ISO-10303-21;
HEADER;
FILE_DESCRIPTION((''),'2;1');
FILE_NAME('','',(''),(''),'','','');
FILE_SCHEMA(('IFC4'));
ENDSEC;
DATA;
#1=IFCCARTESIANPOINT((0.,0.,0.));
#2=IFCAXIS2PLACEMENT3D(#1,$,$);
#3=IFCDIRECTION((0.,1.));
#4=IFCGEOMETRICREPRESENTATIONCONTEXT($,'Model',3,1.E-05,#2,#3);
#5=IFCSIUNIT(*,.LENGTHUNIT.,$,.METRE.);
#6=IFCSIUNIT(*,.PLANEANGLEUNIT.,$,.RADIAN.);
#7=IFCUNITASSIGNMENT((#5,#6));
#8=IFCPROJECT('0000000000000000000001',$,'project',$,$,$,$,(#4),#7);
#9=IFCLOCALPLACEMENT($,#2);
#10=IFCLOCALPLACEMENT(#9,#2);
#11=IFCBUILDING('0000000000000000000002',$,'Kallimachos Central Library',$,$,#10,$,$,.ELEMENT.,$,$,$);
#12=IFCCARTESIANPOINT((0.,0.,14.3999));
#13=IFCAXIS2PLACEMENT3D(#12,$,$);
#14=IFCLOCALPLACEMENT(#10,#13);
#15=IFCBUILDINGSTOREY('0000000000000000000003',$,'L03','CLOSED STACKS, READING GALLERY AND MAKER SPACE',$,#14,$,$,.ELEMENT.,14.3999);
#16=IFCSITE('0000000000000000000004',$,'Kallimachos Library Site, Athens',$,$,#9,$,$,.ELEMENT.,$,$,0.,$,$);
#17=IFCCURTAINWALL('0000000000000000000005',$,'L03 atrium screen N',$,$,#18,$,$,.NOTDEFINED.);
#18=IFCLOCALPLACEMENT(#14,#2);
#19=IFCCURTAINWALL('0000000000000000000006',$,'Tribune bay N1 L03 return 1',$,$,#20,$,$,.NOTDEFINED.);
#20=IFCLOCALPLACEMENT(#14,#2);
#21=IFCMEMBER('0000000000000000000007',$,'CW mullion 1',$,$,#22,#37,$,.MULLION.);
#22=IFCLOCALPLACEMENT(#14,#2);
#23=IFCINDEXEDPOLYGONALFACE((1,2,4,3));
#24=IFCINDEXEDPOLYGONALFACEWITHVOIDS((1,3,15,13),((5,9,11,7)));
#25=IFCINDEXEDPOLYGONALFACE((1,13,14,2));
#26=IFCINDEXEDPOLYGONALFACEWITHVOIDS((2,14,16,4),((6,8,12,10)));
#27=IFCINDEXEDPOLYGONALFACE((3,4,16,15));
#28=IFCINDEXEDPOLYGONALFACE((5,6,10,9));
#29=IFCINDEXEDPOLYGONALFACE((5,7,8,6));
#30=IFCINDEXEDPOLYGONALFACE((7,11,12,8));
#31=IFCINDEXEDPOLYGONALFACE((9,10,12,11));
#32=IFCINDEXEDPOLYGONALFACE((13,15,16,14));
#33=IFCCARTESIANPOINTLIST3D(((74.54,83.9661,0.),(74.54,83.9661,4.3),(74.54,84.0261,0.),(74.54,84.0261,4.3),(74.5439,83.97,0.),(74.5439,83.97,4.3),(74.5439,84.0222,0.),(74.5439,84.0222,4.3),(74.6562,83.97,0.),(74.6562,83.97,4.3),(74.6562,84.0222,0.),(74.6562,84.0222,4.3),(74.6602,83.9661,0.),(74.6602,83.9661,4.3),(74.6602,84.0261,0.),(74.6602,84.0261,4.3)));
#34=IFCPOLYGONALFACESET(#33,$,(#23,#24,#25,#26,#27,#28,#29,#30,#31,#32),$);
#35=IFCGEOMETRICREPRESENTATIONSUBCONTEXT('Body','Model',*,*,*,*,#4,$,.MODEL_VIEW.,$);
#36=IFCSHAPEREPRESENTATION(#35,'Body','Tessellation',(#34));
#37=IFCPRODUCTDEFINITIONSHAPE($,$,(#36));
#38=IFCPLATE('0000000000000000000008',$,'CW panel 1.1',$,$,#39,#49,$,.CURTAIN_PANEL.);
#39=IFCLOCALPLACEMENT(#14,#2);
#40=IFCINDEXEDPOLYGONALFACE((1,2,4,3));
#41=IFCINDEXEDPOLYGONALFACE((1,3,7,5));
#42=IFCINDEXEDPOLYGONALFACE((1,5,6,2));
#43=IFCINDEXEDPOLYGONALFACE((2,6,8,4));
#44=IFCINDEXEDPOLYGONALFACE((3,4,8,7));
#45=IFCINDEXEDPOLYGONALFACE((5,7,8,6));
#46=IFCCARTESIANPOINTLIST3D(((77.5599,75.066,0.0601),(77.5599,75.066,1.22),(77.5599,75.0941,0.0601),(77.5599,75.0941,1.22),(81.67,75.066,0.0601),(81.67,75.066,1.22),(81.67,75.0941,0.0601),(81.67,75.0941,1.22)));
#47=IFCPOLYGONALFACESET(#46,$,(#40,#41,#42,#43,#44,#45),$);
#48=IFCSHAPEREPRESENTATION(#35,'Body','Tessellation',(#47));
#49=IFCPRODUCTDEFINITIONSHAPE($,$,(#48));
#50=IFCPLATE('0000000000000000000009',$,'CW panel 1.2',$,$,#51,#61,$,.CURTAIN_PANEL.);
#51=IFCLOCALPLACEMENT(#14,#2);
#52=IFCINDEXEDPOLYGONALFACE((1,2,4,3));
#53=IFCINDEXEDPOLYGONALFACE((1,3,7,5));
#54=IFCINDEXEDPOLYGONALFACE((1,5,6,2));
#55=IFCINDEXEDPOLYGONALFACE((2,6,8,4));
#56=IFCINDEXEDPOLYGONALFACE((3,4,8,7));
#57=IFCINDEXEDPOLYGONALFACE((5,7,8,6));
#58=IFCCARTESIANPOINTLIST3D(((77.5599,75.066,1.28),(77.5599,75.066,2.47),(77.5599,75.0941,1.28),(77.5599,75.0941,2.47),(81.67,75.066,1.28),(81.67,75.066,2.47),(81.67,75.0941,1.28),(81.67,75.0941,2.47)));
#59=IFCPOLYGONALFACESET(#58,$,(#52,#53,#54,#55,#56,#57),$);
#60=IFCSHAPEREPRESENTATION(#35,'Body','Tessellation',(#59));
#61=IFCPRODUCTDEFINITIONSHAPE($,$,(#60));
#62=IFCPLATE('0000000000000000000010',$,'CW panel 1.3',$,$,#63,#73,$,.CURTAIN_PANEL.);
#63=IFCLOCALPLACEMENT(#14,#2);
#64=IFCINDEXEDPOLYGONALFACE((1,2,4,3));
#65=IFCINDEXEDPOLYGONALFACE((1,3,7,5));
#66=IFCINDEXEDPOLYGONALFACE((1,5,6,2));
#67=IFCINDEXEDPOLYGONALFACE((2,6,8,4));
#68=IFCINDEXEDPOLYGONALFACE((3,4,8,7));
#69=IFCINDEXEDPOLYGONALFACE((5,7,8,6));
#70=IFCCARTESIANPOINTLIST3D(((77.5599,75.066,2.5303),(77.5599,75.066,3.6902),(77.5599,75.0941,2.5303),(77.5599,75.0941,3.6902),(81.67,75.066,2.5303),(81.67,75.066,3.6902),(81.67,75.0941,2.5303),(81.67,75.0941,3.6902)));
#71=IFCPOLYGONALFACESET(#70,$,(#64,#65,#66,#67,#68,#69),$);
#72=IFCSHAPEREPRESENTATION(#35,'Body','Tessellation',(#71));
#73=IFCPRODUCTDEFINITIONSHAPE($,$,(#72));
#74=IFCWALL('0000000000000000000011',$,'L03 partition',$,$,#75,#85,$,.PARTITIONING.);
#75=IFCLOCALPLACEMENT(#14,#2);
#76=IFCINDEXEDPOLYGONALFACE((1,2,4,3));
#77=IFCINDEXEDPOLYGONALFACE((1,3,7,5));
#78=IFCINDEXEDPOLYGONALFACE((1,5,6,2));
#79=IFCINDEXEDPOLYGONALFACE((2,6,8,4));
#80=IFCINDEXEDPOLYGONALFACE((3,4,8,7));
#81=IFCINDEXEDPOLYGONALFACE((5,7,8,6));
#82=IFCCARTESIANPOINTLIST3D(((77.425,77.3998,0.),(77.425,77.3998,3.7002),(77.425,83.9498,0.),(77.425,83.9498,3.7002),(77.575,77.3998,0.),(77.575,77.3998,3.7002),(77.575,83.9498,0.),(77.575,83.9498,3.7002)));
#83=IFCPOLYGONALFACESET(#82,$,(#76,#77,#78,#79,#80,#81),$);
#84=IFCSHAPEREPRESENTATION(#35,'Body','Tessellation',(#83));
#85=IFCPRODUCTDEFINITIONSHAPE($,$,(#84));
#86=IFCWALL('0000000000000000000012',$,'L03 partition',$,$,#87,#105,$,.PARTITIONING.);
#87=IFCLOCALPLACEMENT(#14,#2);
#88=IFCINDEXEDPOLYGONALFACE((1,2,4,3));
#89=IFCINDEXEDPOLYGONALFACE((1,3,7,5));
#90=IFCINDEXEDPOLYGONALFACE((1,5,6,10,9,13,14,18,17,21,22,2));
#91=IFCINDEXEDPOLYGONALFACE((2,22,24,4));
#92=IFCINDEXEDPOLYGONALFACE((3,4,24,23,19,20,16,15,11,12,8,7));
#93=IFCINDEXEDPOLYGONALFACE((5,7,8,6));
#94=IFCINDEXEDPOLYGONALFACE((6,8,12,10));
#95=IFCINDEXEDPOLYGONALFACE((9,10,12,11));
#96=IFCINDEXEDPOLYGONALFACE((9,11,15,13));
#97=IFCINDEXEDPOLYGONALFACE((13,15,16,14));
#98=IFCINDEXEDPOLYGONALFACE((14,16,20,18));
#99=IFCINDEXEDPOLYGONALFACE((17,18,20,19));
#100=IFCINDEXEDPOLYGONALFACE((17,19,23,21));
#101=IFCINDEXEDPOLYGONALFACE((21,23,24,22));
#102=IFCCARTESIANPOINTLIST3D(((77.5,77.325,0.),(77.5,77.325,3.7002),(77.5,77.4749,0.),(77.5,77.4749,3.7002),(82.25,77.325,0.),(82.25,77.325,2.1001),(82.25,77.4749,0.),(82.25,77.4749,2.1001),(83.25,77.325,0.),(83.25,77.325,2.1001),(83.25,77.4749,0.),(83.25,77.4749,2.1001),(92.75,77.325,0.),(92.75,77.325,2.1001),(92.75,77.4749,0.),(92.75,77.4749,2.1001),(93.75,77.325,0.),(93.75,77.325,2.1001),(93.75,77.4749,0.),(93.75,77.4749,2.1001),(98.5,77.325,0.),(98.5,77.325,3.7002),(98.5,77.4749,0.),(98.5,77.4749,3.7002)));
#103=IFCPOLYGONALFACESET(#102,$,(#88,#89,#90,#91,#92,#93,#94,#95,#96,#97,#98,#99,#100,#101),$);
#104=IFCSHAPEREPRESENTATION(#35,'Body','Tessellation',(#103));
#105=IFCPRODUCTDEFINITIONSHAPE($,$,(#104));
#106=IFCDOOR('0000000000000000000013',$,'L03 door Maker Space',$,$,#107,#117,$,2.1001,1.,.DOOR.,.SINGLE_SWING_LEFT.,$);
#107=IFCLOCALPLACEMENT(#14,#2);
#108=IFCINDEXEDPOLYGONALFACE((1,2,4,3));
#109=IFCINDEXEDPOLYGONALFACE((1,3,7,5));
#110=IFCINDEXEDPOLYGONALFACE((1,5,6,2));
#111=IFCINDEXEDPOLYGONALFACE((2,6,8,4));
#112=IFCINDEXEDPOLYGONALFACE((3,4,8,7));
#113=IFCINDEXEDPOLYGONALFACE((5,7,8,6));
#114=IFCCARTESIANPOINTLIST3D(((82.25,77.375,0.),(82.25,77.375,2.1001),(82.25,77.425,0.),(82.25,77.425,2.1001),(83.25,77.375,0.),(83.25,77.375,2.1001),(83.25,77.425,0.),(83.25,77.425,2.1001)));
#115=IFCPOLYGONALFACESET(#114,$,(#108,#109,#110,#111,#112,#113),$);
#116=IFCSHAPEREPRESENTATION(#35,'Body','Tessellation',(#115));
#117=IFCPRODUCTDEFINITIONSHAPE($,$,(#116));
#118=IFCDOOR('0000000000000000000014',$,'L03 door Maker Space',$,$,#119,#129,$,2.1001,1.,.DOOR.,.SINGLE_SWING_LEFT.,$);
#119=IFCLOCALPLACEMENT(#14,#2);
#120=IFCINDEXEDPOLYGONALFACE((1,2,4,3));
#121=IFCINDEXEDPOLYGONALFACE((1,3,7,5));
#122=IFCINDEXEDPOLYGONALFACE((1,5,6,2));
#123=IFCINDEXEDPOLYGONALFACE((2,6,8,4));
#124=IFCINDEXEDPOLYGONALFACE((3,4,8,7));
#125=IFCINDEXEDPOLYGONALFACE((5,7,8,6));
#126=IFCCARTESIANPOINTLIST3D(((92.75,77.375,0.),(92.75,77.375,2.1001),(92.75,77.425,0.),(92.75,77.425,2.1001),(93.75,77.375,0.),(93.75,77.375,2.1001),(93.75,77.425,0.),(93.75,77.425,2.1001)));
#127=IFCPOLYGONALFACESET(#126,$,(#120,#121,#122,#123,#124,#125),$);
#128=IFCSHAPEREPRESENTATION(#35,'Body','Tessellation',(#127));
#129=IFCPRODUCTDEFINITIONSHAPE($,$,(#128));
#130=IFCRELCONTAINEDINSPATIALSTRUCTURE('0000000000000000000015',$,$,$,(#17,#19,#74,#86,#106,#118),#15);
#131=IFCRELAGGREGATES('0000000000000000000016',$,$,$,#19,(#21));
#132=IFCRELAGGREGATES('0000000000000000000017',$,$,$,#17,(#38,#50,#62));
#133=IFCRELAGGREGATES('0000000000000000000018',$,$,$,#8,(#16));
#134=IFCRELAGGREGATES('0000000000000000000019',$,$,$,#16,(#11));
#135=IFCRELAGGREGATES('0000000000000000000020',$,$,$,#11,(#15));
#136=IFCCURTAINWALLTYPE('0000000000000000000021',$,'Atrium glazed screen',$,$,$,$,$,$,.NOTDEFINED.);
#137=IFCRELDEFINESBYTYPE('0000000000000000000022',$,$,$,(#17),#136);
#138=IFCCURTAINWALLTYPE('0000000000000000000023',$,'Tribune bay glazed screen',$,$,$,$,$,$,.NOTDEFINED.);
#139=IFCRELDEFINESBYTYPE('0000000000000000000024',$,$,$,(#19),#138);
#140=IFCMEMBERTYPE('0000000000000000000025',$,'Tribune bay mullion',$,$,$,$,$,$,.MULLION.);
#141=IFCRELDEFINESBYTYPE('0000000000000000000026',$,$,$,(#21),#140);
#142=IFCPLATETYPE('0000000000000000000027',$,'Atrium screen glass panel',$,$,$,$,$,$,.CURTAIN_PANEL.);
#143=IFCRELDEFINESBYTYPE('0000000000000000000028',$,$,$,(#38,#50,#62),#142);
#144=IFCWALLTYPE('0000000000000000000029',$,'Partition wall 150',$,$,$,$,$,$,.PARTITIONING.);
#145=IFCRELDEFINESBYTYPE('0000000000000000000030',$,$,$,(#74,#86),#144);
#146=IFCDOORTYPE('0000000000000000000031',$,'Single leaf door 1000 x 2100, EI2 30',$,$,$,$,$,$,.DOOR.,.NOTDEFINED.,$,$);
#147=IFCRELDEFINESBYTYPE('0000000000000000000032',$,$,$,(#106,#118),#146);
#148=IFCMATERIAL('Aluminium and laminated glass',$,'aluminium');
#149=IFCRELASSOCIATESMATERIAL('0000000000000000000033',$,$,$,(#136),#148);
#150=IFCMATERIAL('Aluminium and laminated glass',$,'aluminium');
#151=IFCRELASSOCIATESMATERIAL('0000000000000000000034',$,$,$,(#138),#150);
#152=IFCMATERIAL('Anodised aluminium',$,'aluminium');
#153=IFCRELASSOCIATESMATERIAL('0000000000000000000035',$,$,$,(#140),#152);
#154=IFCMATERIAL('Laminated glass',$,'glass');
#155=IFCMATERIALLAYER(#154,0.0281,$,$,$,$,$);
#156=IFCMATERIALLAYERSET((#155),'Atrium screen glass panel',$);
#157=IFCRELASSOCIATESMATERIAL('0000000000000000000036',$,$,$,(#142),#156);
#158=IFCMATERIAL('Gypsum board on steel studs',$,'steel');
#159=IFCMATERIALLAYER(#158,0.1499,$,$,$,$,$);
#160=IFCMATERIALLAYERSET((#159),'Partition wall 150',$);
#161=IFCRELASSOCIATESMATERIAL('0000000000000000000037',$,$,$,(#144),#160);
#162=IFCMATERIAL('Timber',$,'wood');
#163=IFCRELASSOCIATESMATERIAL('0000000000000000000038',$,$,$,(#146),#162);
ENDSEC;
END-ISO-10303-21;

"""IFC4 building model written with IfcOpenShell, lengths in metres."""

from ifc_helpers import new_model, si_unit, direction, frame, frame_2d, origin, origin_2d, place, context, subcontext, project, spatial, rectangle, hollow_rectangle, extrude, material, layer, layer_set, material_profile, profile_set, type_object, element, fill, aggregate, save


model = new_model("IFC4")

# Units and contexts
model_context = context("Model", 3, precision=1e-05, world=origin(), true_north=direction((0.0, 1.0)))
body_context = subcontext(model_context, "Body", "Model", "MODEL_VIEW")
ifc_project = project(units=[si_unit("LENGTHUNIT", "METRE"), si_unit("PLANEANGLEUNIT", "RADIAN")], contexts=[model_context])

# Site, building, storey
site_placement = place(None, origin())
site = spatial("IfcSite", under=ifc_project, at=site_placement, Name="Kallimachos Library Site, Athens", CompositionType="ELEMENT", RefElevation=0.0)
building_placement = place(site_placement, origin())
building = spatial("IfcBuilding", under=site, at=building_placement, Name="Kallimachos Central Library", CompositionType="ELEMENT")
storey_placement = place(building_placement, frame((0.0, 0.0, 14.3999)))
storey = spatial("IfcBuildingStorey", under=building, at=storey_placement, Name="L03", Description="CLOSED STACKS, READING GALLERY AND MAKER SPACE", CompositionType="ELEMENT", Elevation=14.3999)

# Curtain wall
ifc_material_1 = material(Name="Aluminium and laminated glass", Category="aluminium")
curtain_wall_type_1 = type_object("IfcCurtainWallType", Name="Atrium glazed screen", PredefinedType="NOTDEFINED", material=ifc_material_1)
curtain_wall_1_placement = place(storey_placement, origin())
curtain_wall_1 = element("IfcCurtainWall", 1, at=curtain_wall_1_placement, inside=storey, type_object=curtain_wall_type_1, Name="L03 atrium screen N", PredefinedType="NOTDEFINED")

# Curtain wall, member
ifc_material_2 = material(Name="Aluminium and laminated glass", Category="aluminium")
curtain_wall_type_2 = type_object("IfcCurtainWallType", Name="Tribune bay glazed screen", PredefinedType="NOTDEFINED", material=ifc_material_2)
curtain_wall_2_placement = place(storey_placement, origin())
curtain_wall_2 = element("IfcCurtainWall", 2, at=curtain_wall_2_placement, inside=storey, type_object=curtain_wall_type_2, Name="Tribune bay N1 L03 return 1", PredefinedType="NOTDEFINED")
ifc_material_3 = material(Name="Anodised aluminium", Category="aluminium")
ifc_material_profile_1 = material_profile(ifc_material_3, hollow_rectangle(XDim=0.0601, YDim=0.1201, WallThickness=0.0039, at=origin_2d()), Name="ALU MULLION 60x120")
ifc_profile_set_1 = profile_set([ifc_material_profile_1], Name="Anodised aluminium")
member_type_1 = type_object("IfcMemberType", Name="Tribune bay mullion", PredefinedType="MULLION", material=ifc_profile_set_1)
member_1_placement = place(storey_placement, frame((74.6001, 83.9961, 0.0), z_axis=(0.0, 0.0, 1.0), x_axis=(0.0, 1.0, 0.0)))
member_1 = element("IfcMember", 3, at=member_1_placement, type_object=member_type_1, Name="CW mullion 1", PredefinedType="MULLION", context=body_context, shape_type="SweptSolid", body=[
    extrude(hollow_rectangle(XDim=0.0601, YDim=0.1201, WallThickness=0.0039, at=origin_2d()), origin(), (0.0, 0.0, 1.0), 4.3),
])
aggregate(curtain_wall_2, [member_1])

# Plates
ifc_material_4 = material(Name="Laminated glass", Category="glass")
ifc_layer_1 = layer(ifc_material_4, 0.0281)
ifc_layer_set_1 = layer_set([ifc_layer_1], Name="Atrium screen glass panel")
plate_type = type_object("IfcPlateType", Name="Atrium screen glass panel", PredefinedType="CURTAIN_PANEL", material=ifc_layer_set_1)
plate_1_placement = place(storey_placement, frame((79.615, 75.0801, 0.0601), z_axis=(0.0, 0.0, 1.0), x_axis=(1.0, 0.0, 0.0)))
plate_1 = element("IfcPlate", 4, at=plate_1_placement, type_object=plate_type, Name="CW panel 1.1", PredefinedType="CURTAIN_PANEL", context=body_context, shape_type="SweptSolid", body=[
    extrude(rectangle(XDim=4.1101, YDim=0.0281, at=origin_2d()), origin(), (0.0, 0.0, 1.0), 1.1599),
])
plate_2_placement = place(storey_placement, frame((79.615, 75.0801, 1.28), z_axis=(0.0, 0.0, 1.0), x_axis=(1.0, 0.0, 0.0)))
plate_2 = element("IfcPlate", 5, at=plate_2_placement, type_object=plate_type, Name="CW panel 1.2", PredefinedType="CURTAIN_PANEL", context=body_context, shape_type="SweptSolid", body=[
    extrude(rectangle(XDim=4.1101, YDim=0.0281, at=origin_2d()), origin(), (0.0, 0.0, 1.0), 1.1899),
])
plate_3_placement = place(storey_placement, frame((79.615, 75.0801, 2.5303), z_axis=(0.0, 0.0, 1.0), x_axis=(1.0, 0.0, 0.0)))
plate_3 = element("IfcPlate", 6, at=plate_3_placement, type_object=plate_type, Name="CW panel 1.3", PredefinedType="CURTAIN_PANEL", context=body_context, shape_type="SweptSolid", body=[
    extrude(rectangle(XDim=4.1101, YDim=0.0281, at=origin_2d()), origin(), (0.0, 0.0, 1.0), 1.1599),
])
aggregate(curtain_wall_1, [plate_1, plate_2, plate_3])

# Wall
ifc_material_5 = material(Name="Gypsum board on steel studs", Category="steel")
ifc_layer_2 = layer(ifc_material_5, 0.1499)
ifc_layer_set_2 = layer_set([ifc_layer_2], Name="Partition wall 150")
wall_type_1 = type_object("IfcWallType", Name="Partition wall 150", PredefinedType="PARTITIONING", material=ifc_layer_set_2)
wall_1_placement = place(storey_placement, frame((77.5, 77.3999, 0.0), z_axis=(0.0, 0.0, 1.0), x_axis=(0.0, 1.0, 0.0)))
element("IfcWall", 7, at=wall_1_placement, inside=storey, type_object=wall_type_1, Name="L03 partition", PredefinedType="PARTITIONING", context=body_context, shape_type="SweptSolid", body=[
    extrude(rectangle(XDim=6.55, YDim=0.1499, at=frame_2d((3.2749, 0.0))), origin(), (0.0, 0.0, 1.0), 3.7002),
])

# Wall, openings, doors
wall_2_placement = place(storey_placement, frame((77.5, 77.3999, 0.0), z_axis=(0.0, 0.0, 1.0), x_axis=(1.0, 0.0, 0.0)))
wall_2 = element("IfcWall", 8, at=wall_2_placement, inside=storey, type_object=wall_type_1, Name="L03 partition", PredefinedType="PARTITIONING", context=body_context, shape_type="SweptSolid", body=[
    extrude(rectangle(XDim=21.0, YDim=0.1499, at=frame_2d((10.5, 0.0))), origin(), (0.0, 0.0, 1.0), 3.7002),
])
opening_1_placement = place(wall_2_placement, frame((4.75, 0.0, 0.0)))
opening_1 = element("IfcOpeningElement", 9, at=opening_1_placement, cuts=wall_2, PredefinedType="OPENING", context=body_context, shape_type="SweptSolid", body=[
    extrude(rectangle(XDim=1.0, YDim=2.1001, at=frame_2d((0.5, 1.05))), frame((0.0, 0.085, 0.0), z_axis=(0.0, -1.0, 0.0), x_axis=(1.0, 0.0, 0.0)), (0.0, 0.0, 1.0), 0.1699),
])
opening_2_placement = place(wall_2_placement, frame((15.25, 0.0, 0.0)))
opening_2 = element("IfcOpeningElement", 10, at=opening_2_placement, cuts=wall_2, PredefinedType="OPENING", context=body_context, shape_type="SweptSolid", body=[
    extrude(rectangle(XDim=1.0, YDim=2.1001, at=frame_2d((0.5, 1.05))), frame((0.0, 0.085, 0.0), z_axis=(0.0, -1.0, 0.0), x_axis=(1.0, 0.0, 0.0)), (0.0, 0.0, 1.0), 0.1699),
])
ifc_material_6 = material(Name="Timber", Category="wood")
door_type = type_object("IfcDoorType", Name="Single leaf door 1000 x 2100, EI2 30", OperationType="NOTDEFINED", PredefinedType="DOOR", material=ifc_material_6)
door_1_placement = place(opening_1_placement, frame((1.0, 0.0, 0.0), z_axis=(0.0, 0.0, 1.0), x_axis=(-1.0, 0.0, 0.0)))
door_1 = element("IfcDoor", 11, at=door_1_placement, inside=storey, type_object=door_type, Name="L03 door Maker Space", OperationType="SINGLE_SWING_LEFT", OverallHeight=2.1001, OverallWidth=1.0, PredefinedType="DOOR", context=body_context, shape_type="SweptSolid", body=[
    extrude(rectangle(XDim=1.0, YDim=2.1001, at=frame_2d((0.5, 1.05))), frame((0.0, 0.0249, 0.0), z_axis=(0.0, -1.0, 0.0), x_axis=(1.0, 0.0, 0.0)), (0.0, 0.0, 1.0), 0.05),
])
fill(opening_1, door_1)
door_2_placement = place(opening_2_placement, frame((1.0, 0.0, 0.0), z_axis=(0.0, 0.0, 1.0), x_axis=(-1.0, 0.0, 0.0)))
door_2 = element("IfcDoor", 12, at=door_2_placement, inside=storey, type_object=door_type, Name="L03 door Maker Space", OperationType="SINGLE_SWING_LEFT", OverallHeight=2.1001, OverallWidth=1.0, PredefinedType="DOOR", context=body_context, shape_type="SweptSolid", body=[
    extrude(rectangle(XDim=1.0, YDim=2.1001, at=frame_2d((0.5, 1.05))), frame((0.0, 0.0249, 0.0), z_axis=(0.0, -1.0, 0.0), x_axis=(1.0, 0.0, 0.0)), (0.0, 0.0, 1.0), 0.05),
])
fill(opening_2, door_2)

save(model, "model.ifc")
